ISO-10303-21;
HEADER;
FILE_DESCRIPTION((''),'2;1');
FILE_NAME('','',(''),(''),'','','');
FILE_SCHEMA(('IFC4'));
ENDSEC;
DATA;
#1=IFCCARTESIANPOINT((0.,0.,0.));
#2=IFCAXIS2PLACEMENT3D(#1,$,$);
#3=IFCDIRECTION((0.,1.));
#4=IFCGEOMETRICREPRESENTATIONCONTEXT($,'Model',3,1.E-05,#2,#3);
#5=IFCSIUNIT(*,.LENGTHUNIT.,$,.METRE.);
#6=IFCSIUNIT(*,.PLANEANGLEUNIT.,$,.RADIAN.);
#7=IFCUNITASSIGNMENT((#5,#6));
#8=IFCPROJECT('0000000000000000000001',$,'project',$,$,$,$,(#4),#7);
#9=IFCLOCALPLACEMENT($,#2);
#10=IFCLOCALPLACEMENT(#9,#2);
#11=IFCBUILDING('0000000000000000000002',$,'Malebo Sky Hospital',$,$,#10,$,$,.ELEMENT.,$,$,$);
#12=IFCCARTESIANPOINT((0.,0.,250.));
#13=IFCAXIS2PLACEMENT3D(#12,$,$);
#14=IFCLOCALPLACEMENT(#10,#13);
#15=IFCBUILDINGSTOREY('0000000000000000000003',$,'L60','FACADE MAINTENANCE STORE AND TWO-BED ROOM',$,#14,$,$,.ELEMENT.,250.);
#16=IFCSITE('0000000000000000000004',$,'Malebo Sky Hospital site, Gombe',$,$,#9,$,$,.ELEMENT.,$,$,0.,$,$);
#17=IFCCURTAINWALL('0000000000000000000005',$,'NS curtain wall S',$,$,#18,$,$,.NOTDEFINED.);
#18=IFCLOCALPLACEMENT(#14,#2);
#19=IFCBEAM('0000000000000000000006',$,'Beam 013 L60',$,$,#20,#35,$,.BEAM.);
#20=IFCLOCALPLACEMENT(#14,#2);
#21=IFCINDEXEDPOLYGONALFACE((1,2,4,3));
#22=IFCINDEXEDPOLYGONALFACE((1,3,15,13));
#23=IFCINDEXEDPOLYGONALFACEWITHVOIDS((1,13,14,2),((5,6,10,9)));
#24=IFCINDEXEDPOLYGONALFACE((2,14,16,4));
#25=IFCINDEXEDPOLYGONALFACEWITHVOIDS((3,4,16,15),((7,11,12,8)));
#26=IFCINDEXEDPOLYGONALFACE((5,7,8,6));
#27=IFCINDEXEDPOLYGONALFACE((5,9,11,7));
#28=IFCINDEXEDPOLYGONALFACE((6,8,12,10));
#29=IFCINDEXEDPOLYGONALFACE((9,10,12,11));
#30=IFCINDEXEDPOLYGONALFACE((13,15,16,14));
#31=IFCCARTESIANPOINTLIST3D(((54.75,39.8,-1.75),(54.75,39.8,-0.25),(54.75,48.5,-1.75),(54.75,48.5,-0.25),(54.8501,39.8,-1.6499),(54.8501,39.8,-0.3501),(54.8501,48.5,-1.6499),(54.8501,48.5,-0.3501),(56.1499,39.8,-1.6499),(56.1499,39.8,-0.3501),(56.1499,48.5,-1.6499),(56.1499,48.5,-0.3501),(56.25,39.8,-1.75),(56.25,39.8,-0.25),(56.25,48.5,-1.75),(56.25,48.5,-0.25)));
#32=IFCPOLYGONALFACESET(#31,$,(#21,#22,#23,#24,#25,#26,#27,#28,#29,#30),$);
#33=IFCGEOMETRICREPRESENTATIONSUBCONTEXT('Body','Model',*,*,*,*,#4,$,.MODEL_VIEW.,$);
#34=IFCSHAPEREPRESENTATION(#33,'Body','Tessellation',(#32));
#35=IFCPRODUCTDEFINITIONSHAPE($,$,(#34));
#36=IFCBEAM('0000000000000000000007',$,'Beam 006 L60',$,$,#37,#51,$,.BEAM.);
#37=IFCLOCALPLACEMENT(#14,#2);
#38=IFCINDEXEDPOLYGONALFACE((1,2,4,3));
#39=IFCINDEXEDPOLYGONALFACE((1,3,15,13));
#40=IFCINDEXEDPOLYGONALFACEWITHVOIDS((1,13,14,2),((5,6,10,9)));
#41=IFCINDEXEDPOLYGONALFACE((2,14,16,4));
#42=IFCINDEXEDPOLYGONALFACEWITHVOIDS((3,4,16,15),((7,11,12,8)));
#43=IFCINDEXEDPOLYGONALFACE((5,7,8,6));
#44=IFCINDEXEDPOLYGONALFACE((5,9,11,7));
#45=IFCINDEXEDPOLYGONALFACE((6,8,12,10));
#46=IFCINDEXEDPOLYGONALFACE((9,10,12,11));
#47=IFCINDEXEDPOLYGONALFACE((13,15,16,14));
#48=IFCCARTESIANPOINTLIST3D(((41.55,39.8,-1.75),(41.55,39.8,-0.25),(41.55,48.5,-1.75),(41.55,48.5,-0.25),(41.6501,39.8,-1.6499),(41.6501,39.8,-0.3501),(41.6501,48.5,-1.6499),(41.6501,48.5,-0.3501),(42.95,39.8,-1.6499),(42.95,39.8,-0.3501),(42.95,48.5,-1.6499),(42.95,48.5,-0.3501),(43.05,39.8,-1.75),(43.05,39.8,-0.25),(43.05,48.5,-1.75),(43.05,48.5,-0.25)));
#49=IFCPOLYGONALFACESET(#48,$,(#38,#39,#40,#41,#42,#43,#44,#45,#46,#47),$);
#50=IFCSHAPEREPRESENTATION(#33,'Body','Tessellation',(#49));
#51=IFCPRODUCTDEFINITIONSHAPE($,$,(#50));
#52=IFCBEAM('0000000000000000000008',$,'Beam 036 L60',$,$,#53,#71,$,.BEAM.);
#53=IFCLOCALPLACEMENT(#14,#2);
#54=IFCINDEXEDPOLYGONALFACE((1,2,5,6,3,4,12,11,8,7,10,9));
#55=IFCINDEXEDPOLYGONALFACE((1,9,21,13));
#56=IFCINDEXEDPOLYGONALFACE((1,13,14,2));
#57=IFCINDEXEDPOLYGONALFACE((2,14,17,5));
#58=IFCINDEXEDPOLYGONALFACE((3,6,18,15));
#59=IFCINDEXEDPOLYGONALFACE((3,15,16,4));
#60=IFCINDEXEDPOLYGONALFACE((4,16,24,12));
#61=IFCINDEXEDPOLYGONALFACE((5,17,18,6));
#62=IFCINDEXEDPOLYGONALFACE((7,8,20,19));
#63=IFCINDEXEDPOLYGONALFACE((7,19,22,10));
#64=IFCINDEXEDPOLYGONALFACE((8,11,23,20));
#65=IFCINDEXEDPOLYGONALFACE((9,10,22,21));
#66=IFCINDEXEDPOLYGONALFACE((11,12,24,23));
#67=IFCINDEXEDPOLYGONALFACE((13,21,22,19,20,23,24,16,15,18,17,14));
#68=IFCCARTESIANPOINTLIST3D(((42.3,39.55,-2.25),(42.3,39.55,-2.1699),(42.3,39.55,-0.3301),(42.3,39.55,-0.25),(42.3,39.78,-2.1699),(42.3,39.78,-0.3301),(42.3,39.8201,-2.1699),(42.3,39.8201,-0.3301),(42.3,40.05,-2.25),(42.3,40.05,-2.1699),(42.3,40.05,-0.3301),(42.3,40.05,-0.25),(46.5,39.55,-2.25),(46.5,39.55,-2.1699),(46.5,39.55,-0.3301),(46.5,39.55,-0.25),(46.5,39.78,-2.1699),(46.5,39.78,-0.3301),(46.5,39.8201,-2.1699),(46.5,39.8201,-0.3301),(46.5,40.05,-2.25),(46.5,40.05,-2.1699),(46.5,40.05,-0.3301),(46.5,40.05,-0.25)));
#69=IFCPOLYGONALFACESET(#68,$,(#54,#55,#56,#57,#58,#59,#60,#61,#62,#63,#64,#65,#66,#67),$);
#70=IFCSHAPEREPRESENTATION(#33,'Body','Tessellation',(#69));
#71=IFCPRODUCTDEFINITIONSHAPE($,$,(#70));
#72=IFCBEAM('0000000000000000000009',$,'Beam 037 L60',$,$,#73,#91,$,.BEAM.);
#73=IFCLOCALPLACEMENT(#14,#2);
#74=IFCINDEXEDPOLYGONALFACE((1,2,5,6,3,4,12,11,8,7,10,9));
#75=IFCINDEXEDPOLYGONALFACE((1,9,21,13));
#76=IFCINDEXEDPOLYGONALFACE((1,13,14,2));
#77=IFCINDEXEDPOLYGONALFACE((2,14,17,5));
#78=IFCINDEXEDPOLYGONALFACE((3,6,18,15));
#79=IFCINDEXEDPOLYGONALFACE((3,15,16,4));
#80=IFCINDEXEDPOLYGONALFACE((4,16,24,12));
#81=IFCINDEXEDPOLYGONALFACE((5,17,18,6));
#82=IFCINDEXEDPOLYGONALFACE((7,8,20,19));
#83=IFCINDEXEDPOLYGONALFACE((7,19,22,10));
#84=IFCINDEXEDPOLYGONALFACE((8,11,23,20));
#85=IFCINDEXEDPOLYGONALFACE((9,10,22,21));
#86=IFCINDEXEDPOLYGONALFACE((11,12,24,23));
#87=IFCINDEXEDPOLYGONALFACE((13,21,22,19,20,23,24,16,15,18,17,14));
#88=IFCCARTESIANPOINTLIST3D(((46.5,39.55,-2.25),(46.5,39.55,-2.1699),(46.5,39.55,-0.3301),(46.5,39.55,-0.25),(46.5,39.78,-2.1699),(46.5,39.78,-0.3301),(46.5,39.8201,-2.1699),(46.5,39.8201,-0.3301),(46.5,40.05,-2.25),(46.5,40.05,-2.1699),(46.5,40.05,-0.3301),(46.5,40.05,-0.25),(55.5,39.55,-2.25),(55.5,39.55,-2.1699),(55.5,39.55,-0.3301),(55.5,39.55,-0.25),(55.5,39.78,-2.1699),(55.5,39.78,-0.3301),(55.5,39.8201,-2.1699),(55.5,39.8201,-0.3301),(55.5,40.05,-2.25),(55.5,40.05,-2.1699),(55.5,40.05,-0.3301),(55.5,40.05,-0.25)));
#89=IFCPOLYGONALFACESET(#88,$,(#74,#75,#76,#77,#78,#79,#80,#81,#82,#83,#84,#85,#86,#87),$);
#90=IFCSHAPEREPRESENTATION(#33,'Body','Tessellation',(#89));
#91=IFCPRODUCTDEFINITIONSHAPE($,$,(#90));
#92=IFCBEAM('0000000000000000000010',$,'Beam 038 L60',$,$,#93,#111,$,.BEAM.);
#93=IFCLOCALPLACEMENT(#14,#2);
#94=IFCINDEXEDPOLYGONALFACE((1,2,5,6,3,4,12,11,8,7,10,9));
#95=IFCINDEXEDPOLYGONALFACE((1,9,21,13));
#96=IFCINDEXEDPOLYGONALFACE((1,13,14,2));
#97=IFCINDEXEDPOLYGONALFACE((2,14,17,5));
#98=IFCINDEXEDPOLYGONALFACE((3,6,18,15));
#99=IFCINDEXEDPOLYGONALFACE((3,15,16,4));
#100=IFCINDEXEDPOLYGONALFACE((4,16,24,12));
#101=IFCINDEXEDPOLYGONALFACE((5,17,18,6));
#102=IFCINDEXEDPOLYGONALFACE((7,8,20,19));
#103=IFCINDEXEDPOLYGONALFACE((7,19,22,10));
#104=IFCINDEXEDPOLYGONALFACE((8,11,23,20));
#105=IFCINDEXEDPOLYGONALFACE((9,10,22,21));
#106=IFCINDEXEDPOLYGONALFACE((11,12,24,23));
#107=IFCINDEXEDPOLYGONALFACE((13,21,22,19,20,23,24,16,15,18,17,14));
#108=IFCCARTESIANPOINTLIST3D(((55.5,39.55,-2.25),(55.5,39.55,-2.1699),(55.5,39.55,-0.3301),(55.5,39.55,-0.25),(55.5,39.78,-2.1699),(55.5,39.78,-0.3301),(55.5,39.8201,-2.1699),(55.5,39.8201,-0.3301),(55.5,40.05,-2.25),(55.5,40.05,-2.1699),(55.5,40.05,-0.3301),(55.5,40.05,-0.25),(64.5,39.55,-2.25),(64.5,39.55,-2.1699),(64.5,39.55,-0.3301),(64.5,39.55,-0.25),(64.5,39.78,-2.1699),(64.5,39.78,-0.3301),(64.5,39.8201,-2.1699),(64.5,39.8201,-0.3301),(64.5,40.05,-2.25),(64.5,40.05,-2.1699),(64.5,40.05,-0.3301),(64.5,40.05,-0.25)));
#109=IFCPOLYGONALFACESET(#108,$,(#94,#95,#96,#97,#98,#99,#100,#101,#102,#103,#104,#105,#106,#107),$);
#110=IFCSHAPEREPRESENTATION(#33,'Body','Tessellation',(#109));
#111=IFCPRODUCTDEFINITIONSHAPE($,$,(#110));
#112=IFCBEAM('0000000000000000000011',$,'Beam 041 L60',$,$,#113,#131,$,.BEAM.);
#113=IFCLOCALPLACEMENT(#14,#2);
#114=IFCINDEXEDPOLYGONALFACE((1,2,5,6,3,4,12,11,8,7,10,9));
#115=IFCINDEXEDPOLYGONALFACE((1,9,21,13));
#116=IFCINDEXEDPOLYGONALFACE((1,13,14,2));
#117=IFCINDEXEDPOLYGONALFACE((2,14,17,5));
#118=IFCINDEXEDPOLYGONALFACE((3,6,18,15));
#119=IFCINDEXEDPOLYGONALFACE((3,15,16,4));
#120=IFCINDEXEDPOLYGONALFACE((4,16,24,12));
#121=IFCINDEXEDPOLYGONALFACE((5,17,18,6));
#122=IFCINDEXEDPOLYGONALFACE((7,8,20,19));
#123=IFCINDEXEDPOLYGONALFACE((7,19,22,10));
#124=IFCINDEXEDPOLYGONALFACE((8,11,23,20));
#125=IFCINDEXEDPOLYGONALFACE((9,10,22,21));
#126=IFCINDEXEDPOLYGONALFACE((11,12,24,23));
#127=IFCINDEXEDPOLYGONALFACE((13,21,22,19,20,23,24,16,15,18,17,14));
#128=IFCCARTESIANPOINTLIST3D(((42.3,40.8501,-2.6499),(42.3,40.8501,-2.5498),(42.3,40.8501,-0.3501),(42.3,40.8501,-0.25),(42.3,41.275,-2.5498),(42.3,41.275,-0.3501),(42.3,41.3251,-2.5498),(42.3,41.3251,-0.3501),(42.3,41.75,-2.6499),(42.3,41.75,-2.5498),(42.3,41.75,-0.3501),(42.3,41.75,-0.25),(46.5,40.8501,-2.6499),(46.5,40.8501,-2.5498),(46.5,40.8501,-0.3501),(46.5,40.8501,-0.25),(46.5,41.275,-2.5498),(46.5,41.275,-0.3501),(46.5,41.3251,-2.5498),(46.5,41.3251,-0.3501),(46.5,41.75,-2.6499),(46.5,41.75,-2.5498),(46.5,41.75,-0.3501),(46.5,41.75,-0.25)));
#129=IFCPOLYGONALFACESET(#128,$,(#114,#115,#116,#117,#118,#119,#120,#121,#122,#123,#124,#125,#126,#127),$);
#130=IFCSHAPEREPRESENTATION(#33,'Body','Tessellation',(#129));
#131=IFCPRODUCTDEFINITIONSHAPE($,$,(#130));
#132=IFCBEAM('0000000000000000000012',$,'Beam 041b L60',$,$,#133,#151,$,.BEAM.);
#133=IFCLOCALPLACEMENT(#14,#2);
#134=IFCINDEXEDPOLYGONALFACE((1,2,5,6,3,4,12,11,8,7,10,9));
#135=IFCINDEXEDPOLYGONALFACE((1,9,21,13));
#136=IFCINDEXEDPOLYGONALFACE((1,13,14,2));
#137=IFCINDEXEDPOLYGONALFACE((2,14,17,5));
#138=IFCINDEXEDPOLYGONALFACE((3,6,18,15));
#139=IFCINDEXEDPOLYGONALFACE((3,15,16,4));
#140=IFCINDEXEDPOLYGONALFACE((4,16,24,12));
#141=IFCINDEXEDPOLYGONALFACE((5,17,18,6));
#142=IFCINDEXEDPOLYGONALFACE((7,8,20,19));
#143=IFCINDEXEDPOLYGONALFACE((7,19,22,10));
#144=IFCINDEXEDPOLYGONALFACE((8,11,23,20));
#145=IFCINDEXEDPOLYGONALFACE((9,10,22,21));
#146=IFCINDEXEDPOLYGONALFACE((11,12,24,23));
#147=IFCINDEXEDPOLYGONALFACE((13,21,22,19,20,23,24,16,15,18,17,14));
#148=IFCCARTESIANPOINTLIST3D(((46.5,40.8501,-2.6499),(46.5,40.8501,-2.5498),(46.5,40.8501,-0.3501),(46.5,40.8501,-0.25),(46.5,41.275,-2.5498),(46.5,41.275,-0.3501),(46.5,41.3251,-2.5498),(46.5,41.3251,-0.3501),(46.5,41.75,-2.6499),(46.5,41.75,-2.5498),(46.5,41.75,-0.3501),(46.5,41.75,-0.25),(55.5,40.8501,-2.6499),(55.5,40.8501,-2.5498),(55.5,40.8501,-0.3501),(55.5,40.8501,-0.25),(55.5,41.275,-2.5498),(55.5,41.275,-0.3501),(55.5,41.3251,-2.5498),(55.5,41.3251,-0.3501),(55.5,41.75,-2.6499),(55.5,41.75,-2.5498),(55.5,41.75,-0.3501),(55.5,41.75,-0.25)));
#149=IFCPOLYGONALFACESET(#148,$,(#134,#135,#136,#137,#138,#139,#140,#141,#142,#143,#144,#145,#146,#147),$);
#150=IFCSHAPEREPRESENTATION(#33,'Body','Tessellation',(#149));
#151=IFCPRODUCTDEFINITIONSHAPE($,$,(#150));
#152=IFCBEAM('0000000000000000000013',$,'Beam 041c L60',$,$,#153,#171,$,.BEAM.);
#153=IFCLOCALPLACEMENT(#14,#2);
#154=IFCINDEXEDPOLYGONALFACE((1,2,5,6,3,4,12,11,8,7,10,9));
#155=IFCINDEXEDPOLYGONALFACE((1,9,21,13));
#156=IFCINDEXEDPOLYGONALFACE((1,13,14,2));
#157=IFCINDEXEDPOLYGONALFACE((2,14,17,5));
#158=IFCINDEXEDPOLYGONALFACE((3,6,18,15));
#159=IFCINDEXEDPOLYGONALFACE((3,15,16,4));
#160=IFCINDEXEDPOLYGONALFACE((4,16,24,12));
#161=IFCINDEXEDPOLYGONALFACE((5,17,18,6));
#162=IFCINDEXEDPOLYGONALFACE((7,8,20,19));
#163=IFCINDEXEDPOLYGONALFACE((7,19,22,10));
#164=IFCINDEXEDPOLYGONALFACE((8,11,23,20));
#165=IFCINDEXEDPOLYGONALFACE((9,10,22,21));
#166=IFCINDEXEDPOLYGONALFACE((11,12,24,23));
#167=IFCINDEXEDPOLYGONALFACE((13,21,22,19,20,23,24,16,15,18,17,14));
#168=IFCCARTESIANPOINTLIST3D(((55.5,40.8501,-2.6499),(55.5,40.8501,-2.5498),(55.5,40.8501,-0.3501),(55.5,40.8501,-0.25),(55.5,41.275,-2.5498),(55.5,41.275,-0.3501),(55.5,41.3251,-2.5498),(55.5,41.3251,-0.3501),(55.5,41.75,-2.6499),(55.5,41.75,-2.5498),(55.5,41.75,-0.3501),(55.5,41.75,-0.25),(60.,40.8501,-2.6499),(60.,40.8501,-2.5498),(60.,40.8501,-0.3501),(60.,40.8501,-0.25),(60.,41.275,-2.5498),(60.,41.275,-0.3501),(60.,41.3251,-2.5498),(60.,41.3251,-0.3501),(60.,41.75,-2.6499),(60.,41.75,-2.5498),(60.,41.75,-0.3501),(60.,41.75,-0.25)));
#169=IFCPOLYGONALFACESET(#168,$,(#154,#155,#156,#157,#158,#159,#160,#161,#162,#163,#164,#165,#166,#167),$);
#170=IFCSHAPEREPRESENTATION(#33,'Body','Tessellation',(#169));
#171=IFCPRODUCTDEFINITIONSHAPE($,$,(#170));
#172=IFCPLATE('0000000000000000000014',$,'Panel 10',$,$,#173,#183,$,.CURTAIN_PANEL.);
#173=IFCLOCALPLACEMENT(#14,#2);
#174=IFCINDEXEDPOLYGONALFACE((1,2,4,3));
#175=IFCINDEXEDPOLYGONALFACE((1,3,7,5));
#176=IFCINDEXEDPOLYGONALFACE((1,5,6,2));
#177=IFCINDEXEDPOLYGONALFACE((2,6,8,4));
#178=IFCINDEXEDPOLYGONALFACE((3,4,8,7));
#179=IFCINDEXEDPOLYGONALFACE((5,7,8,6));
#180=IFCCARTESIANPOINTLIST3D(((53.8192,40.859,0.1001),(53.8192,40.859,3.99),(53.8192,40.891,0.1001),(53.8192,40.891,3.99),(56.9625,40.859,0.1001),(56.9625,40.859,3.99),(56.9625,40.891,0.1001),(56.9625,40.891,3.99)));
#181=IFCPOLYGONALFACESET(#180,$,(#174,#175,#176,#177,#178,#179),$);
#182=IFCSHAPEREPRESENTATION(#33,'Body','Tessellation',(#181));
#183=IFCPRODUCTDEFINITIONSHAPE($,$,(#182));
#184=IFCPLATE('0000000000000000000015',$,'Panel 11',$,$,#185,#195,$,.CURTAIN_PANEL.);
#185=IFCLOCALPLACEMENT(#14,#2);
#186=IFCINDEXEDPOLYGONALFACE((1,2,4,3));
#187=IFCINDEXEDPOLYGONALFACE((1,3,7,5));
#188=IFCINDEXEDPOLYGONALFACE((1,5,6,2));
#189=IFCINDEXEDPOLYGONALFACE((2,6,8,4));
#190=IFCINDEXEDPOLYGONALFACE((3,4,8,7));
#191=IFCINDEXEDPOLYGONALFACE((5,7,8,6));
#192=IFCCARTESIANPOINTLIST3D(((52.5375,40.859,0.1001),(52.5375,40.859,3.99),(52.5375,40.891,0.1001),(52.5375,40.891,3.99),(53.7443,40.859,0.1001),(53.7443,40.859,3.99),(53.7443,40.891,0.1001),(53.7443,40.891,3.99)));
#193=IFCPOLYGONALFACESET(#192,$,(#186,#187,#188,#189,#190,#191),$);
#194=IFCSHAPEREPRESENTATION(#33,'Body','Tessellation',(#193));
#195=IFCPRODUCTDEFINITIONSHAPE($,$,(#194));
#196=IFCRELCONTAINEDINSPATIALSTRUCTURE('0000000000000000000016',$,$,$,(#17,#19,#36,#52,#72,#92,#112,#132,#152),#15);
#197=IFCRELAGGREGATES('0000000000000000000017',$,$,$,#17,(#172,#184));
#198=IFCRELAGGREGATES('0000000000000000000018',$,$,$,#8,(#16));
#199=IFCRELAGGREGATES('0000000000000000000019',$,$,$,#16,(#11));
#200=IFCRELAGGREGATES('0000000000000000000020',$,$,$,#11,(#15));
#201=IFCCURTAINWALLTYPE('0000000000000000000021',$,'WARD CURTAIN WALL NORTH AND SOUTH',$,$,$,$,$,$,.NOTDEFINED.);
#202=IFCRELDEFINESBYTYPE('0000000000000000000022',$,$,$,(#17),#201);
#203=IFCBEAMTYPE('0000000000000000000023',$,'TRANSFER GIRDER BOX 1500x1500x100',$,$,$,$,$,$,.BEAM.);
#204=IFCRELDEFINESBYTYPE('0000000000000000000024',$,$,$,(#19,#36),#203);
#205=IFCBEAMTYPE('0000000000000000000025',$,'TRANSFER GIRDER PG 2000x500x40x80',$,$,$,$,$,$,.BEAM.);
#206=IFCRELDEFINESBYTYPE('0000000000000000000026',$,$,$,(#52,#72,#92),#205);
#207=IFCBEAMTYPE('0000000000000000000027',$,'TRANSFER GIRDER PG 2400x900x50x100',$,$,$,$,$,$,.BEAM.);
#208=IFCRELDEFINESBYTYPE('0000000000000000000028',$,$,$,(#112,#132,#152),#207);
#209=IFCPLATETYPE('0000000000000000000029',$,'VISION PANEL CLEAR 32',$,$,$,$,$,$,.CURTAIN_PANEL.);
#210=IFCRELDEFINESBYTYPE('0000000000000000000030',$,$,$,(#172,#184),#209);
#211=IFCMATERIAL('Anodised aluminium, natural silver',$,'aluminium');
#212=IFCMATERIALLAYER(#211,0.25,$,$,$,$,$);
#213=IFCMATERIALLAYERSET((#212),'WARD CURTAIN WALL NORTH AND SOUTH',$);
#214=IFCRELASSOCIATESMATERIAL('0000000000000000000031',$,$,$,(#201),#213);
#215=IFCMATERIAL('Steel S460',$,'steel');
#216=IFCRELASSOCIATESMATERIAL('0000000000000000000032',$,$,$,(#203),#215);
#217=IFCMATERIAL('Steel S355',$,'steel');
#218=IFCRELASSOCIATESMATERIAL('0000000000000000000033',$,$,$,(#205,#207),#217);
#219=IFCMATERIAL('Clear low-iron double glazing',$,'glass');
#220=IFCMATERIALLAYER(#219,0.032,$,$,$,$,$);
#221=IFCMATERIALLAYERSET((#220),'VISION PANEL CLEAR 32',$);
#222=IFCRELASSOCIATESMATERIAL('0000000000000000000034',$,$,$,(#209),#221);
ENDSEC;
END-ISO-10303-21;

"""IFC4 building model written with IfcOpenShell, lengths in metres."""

from ifc_helpers import new_model, si_unit, direction, frame, origin, origin_2d, place, context, subcontext, project, spatial, rectangle, hollow_rectangle, i_section, extrude, material, layer, layer_set, material_profile, profile_set, type_object, element, aggregate, save


model = new_model("IFC4")

# Units and contexts
model_context = context("Model", 3, precision=1e-05, world=origin(), true_north=direction((0.0, 1.0)))
body_context = subcontext(model_context, "Body", "Model", "MODEL_VIEW")
ifc_project = project(units=[si_unit("LENGTHUNIT", "METRE"), si_unit("PLANEANGLEUNIT", "RADIAN")], contexts=[model_context])

# Site, building, storey
site_placement = place(None, origin())
site = spatial("IfcSite", under=ifc_project, at=site_placement, Name="Malebo Sky Hospital site, Gombe", CompositionType="ELEMENT", RefElevation=0.0)
building_placement = place(site_placement, origin())
building = spatial("IfcBuilding", under=site, at=building_placement, Name="Malebo Sky Hospital", CompositionType="ELEMENT")
storey_placement = place(building_placement, frame((0.0, 0.0, 250.0)))
storey = spatial("IfcBuildingStorey", under=building, at=storey_placement, Name="L60", Description="FACADE MAINTENANCE STORE AND TWO-BED ROOM", CompositionType="ELEMENT", Elevation=250.0)

# Shared definitions
ifc_material_1 = material(Name="Steel S460", Category="steel")

# Curtain wall
ifc_material_2 = material(Name="Anodised aluminium, natural silver", Category="aluminium")
ifc_layer_1 = layer(ifc_material_2, 0.25)
ifc_layer_set_1 = layer_set([ifc_layer_1], Name="WARD CURTAIN WALL NORTH AND SOUTH")
curtain_wall_type = type_object("IfcCurtainWallType", Name="WARD CURTAIN WALL NORTH AND SOUTH", PredefinedType="NOTDEFINED", material=ifc_layer_set_1)
curtain_wall_placement = place(storey_placement, origin())
curtain_wall = element("IfcCurtainWall", 1, at=curtain_wall_placement, inside=storey, type_object=curtain_wall_type, Name="NS curtain wall S", PredefinedType="NOTDEFINED")

# Beams
ifc_material_profile_1 = material_profile(ifc_material_1, hollow_rectangle(XDim=1.5, YDim=1.5, WallThickness=0.1001, at=origin_2d()), Name="BOX 1500x1500x100")
ifc_profile_set_1 = profile_set([ifc_material_profile_1], Name="Steel S460")
beam_type_1 = type_object("IfcBeamType", Name="TRANSFER GIRDER BOX 1500x1500x100", PredefinedType="BEAM", material=ifc_profile_set_1)
for number, where, z_axis, x_axis, name in (
    (2, (55.5, 39.8, -1.0), (0.0, 1.0, 0.0), (-1.0, 0.0, 0.0), "Beam 013 L60"),
    (3, (42.3, 39.8, -1.0), (0.0, 1.0, 0.0), (-1.0, 0.0, 0.0), "Beam 006 L60"),
):
    element("IfcBeam", number, at=place(storey_placement, frame(where, z_axis=z_axis, x_axis=x_axis)), inside=storey, type_object=beam_type_1, Name=name, PredefinedType="BEAM", context=body_context, shape_type="SweptSolid", body=[
        extrude(hollow_rectangle(XDim=1.5, YDim=1.5, WallThickness=0.1001, at=origin_2d()), origin(), (0.0, 0.0, 1.0), 8.7),
    ])
ifc_material_3 = material(Name="Steel S355", Category="steel")
ifc_material_profile_2 = material_profile(ifc_material_3, i_section(OverallWidth=0.5, OverallDepth=2.0, WebThickness=0.04, FlangeThickness=0.0801, at=origin_2d()), Name="PG 2000x500x40x80")
ifc_profile_set_2 = profile_set([ifc_material_profile_2], Name="Steel S355")
beam_type_2 = type_object("IfcBeamType", Name="TRANSFER GIRDER PG 2000x500x40x80", PredefinedType="BEAM", material=ifc_profile_set_2)
beam_1_placement = place(storey_placement, frame((42.3, 39.8, -1.25), z_axis=(1.0, 0.0, 0.0), x_axis=(0.0, 1.0, 0.0)))
element("IfcBeam", 4, at=beam_1_placement, inside=storey, type_object=beam_type_2, Name="Beam 036 L60", PredefinedType="BEAM", context=body_context, shape_type="SweptSolid", body=[
    extrude(i_section(OverallWidth=0.5, OverallDepth=2.0, WebThickness=0.04, FlangeThickness=0.0801, at=origin_2d()), origin(), (0.0, 0.0, 1.0), 4.2),
])
for number, where, z_axis, x_axis, name in (
    (5, (46.5, 39.8, -1.25), (1.0, 0.0, 0.0), (0.0, 1.0, 0.0), "Beam 037 L60"),
    (6, (55.5, 39.8, -1.25), (1.0, 0.0, 0.0), (0.0, 1.0, 0.0), "Beam 038 L60"),
):
    element("IfcBeam", number, at=place(storey_placement, frame(where, z_axis=z_axis, x_axis=x_axis)), inside=storey, type_object=beam_type_2, Name=name, PredefinedType="BEAM", context=body_context, shape_type="SweptSolid", body=[
        extrude(i_section(OverallWidth=0.5, OverallDepth=2.0, WebThickness=0.04, FlangeThickness=0.0801, at=origin_2d()), origin(), (0.0, 0.0, 1.0), 9.0),
    ])
ifc_material_profile_3 = material_profile(ifc_material_3, i_section(OverallWidth=0.8999, OverallDepth=2.3999, WebThickness=0.05, FlangeThickness=0.1001, at=origin_2d()), Name="PG 2400x900x50x100")
ifc_profile_set_3 = profile_set([ifc_material_profile_3], Name="Steel S355")
beam_type_3 = type_object("IfcBeamType", Name="TRANSFER GIRDER PG 2400x900x50x100", PredefinedType="BEAM", material=ifc_profile_set_3)
beam_2_placement = place(storey_placement, frame((42.3, 41.3, -1.45), z_axis=(1.0, 0.0, 0.0), x_axis=(0.0, 1.0, 0.0)))
element("IfcBeam", 7, at=beam_2_placement, inside=storey, type_object=beam_type_3, Name="Beam 041 L60", PredefinedType="BEAM", context=body_context, shape_type="SweptSolid", body=[
    extrude(i_section(OverallWidth=0.8999, OverallDepth=2.3999, WebThickness=0.05, FlangeThickness=0.1001, at=origin_2d()), origin(), (0.0, 0.0, 1.0), 4.2),
])
beam_3_placement = place(storey_placement, frame((46.5, 41.3, -1.45), z_axis=(1.0, 0.0, 0.0), x_axis=(0.0, 1.0, 0.0)))
element("IfcBeam", 8, at=beam_3_placement, inside=storey, type_object=beam_type_3, Name="Beam 041b L60", PredefinedType="BEAM", context=body_context, shape_type="SweptSolid", body=[
    extrude(i_section(OverallWidth=0.8999, OverallDepth=2.3999, WebThickness=0.05, FlangeThickness=0.1001, at=origin_2d()), origin(), (0.0, 0.0, 1.0), 9.0),
])
beam_4_placement = place(storey_placement, frame((55.5, 41.3, -1.45), z_axis=(1.0, 0.0, 0.0), x_axis=(0.0, 1.0, 0.0)))
element("IfcBeam", 9, at=beam_4_placement, inside=storey, type_object=beam_type_3, Name="Beam 041c L60", PredefinedType="BEAM", context=body_context, shape_type="SweptSolid", body=[
    extrude(i_section(OverallWidth=0.8999, OverallDepth=2.3999, WebThickness=0.05, FlangeThickness=0.1001, at=origin_2d()), origin(), (0.0, 0.0, 1.0), 4.5),
])

# Plates
ifc_material_4 = material(Name="Clear low-iron double glazing", Category="glass")
ifc_layer_2 = layer(ifc_material_4, 0.032)
ifc_layer_set_2 = layer_set([ifc_layer_2], Name="VISION PANEL CLEAR 32")
plate_type = type_object("IfcPlateType", Name="VISION PANEL CLEAR 32", PredefinedType="CURTAIN_PANEL", material=ifc_layer_set_2)
plate_1_placement = place(storey_placement, frame((55.3909, 40.875, 0.1001), z_axis=(0.0, 0.0, 1.0), x_axis=(-1.0, 0.0, 0.0)))
plate_1 = element("IfcPlate", 10, at=plate_1_placement, type_object=plate_type, Name="Panel 10", PredefinedType="CURTAIN_PANEL", context=body_context, shape_type="SweptSolid", body=[
    extrude(rectangle(XDim=3.1433, YDim=0.032, at=origin_2d()), origin(), (0.0, 0.0, 1.0), 3.8899),
])
plate_2_placement = place(storey_placement, frame((53.1409, 40.875, 0.1001), z_axis=(0.0, 0.0, 1.0), x_axis=(-1.0, 0.0, 0.0)))
plate_2 = element("IfcPlate", 11, at=plate_2_placement, type_object=plate_type, Name="Panel 11", PredefinedType="CURTAIN_PANEL", context=body_context, shape_type="SweptSolid", body=[
    extrude(rectangle(XDim=1.2068, YDim=0.032, at=origin_2d()), origin(), (0.0, 0.0, 1.0), 3.8899),
])
aggregate(curtain_wall, [plate_1, plate_2])

save(model, "model.ifc")
